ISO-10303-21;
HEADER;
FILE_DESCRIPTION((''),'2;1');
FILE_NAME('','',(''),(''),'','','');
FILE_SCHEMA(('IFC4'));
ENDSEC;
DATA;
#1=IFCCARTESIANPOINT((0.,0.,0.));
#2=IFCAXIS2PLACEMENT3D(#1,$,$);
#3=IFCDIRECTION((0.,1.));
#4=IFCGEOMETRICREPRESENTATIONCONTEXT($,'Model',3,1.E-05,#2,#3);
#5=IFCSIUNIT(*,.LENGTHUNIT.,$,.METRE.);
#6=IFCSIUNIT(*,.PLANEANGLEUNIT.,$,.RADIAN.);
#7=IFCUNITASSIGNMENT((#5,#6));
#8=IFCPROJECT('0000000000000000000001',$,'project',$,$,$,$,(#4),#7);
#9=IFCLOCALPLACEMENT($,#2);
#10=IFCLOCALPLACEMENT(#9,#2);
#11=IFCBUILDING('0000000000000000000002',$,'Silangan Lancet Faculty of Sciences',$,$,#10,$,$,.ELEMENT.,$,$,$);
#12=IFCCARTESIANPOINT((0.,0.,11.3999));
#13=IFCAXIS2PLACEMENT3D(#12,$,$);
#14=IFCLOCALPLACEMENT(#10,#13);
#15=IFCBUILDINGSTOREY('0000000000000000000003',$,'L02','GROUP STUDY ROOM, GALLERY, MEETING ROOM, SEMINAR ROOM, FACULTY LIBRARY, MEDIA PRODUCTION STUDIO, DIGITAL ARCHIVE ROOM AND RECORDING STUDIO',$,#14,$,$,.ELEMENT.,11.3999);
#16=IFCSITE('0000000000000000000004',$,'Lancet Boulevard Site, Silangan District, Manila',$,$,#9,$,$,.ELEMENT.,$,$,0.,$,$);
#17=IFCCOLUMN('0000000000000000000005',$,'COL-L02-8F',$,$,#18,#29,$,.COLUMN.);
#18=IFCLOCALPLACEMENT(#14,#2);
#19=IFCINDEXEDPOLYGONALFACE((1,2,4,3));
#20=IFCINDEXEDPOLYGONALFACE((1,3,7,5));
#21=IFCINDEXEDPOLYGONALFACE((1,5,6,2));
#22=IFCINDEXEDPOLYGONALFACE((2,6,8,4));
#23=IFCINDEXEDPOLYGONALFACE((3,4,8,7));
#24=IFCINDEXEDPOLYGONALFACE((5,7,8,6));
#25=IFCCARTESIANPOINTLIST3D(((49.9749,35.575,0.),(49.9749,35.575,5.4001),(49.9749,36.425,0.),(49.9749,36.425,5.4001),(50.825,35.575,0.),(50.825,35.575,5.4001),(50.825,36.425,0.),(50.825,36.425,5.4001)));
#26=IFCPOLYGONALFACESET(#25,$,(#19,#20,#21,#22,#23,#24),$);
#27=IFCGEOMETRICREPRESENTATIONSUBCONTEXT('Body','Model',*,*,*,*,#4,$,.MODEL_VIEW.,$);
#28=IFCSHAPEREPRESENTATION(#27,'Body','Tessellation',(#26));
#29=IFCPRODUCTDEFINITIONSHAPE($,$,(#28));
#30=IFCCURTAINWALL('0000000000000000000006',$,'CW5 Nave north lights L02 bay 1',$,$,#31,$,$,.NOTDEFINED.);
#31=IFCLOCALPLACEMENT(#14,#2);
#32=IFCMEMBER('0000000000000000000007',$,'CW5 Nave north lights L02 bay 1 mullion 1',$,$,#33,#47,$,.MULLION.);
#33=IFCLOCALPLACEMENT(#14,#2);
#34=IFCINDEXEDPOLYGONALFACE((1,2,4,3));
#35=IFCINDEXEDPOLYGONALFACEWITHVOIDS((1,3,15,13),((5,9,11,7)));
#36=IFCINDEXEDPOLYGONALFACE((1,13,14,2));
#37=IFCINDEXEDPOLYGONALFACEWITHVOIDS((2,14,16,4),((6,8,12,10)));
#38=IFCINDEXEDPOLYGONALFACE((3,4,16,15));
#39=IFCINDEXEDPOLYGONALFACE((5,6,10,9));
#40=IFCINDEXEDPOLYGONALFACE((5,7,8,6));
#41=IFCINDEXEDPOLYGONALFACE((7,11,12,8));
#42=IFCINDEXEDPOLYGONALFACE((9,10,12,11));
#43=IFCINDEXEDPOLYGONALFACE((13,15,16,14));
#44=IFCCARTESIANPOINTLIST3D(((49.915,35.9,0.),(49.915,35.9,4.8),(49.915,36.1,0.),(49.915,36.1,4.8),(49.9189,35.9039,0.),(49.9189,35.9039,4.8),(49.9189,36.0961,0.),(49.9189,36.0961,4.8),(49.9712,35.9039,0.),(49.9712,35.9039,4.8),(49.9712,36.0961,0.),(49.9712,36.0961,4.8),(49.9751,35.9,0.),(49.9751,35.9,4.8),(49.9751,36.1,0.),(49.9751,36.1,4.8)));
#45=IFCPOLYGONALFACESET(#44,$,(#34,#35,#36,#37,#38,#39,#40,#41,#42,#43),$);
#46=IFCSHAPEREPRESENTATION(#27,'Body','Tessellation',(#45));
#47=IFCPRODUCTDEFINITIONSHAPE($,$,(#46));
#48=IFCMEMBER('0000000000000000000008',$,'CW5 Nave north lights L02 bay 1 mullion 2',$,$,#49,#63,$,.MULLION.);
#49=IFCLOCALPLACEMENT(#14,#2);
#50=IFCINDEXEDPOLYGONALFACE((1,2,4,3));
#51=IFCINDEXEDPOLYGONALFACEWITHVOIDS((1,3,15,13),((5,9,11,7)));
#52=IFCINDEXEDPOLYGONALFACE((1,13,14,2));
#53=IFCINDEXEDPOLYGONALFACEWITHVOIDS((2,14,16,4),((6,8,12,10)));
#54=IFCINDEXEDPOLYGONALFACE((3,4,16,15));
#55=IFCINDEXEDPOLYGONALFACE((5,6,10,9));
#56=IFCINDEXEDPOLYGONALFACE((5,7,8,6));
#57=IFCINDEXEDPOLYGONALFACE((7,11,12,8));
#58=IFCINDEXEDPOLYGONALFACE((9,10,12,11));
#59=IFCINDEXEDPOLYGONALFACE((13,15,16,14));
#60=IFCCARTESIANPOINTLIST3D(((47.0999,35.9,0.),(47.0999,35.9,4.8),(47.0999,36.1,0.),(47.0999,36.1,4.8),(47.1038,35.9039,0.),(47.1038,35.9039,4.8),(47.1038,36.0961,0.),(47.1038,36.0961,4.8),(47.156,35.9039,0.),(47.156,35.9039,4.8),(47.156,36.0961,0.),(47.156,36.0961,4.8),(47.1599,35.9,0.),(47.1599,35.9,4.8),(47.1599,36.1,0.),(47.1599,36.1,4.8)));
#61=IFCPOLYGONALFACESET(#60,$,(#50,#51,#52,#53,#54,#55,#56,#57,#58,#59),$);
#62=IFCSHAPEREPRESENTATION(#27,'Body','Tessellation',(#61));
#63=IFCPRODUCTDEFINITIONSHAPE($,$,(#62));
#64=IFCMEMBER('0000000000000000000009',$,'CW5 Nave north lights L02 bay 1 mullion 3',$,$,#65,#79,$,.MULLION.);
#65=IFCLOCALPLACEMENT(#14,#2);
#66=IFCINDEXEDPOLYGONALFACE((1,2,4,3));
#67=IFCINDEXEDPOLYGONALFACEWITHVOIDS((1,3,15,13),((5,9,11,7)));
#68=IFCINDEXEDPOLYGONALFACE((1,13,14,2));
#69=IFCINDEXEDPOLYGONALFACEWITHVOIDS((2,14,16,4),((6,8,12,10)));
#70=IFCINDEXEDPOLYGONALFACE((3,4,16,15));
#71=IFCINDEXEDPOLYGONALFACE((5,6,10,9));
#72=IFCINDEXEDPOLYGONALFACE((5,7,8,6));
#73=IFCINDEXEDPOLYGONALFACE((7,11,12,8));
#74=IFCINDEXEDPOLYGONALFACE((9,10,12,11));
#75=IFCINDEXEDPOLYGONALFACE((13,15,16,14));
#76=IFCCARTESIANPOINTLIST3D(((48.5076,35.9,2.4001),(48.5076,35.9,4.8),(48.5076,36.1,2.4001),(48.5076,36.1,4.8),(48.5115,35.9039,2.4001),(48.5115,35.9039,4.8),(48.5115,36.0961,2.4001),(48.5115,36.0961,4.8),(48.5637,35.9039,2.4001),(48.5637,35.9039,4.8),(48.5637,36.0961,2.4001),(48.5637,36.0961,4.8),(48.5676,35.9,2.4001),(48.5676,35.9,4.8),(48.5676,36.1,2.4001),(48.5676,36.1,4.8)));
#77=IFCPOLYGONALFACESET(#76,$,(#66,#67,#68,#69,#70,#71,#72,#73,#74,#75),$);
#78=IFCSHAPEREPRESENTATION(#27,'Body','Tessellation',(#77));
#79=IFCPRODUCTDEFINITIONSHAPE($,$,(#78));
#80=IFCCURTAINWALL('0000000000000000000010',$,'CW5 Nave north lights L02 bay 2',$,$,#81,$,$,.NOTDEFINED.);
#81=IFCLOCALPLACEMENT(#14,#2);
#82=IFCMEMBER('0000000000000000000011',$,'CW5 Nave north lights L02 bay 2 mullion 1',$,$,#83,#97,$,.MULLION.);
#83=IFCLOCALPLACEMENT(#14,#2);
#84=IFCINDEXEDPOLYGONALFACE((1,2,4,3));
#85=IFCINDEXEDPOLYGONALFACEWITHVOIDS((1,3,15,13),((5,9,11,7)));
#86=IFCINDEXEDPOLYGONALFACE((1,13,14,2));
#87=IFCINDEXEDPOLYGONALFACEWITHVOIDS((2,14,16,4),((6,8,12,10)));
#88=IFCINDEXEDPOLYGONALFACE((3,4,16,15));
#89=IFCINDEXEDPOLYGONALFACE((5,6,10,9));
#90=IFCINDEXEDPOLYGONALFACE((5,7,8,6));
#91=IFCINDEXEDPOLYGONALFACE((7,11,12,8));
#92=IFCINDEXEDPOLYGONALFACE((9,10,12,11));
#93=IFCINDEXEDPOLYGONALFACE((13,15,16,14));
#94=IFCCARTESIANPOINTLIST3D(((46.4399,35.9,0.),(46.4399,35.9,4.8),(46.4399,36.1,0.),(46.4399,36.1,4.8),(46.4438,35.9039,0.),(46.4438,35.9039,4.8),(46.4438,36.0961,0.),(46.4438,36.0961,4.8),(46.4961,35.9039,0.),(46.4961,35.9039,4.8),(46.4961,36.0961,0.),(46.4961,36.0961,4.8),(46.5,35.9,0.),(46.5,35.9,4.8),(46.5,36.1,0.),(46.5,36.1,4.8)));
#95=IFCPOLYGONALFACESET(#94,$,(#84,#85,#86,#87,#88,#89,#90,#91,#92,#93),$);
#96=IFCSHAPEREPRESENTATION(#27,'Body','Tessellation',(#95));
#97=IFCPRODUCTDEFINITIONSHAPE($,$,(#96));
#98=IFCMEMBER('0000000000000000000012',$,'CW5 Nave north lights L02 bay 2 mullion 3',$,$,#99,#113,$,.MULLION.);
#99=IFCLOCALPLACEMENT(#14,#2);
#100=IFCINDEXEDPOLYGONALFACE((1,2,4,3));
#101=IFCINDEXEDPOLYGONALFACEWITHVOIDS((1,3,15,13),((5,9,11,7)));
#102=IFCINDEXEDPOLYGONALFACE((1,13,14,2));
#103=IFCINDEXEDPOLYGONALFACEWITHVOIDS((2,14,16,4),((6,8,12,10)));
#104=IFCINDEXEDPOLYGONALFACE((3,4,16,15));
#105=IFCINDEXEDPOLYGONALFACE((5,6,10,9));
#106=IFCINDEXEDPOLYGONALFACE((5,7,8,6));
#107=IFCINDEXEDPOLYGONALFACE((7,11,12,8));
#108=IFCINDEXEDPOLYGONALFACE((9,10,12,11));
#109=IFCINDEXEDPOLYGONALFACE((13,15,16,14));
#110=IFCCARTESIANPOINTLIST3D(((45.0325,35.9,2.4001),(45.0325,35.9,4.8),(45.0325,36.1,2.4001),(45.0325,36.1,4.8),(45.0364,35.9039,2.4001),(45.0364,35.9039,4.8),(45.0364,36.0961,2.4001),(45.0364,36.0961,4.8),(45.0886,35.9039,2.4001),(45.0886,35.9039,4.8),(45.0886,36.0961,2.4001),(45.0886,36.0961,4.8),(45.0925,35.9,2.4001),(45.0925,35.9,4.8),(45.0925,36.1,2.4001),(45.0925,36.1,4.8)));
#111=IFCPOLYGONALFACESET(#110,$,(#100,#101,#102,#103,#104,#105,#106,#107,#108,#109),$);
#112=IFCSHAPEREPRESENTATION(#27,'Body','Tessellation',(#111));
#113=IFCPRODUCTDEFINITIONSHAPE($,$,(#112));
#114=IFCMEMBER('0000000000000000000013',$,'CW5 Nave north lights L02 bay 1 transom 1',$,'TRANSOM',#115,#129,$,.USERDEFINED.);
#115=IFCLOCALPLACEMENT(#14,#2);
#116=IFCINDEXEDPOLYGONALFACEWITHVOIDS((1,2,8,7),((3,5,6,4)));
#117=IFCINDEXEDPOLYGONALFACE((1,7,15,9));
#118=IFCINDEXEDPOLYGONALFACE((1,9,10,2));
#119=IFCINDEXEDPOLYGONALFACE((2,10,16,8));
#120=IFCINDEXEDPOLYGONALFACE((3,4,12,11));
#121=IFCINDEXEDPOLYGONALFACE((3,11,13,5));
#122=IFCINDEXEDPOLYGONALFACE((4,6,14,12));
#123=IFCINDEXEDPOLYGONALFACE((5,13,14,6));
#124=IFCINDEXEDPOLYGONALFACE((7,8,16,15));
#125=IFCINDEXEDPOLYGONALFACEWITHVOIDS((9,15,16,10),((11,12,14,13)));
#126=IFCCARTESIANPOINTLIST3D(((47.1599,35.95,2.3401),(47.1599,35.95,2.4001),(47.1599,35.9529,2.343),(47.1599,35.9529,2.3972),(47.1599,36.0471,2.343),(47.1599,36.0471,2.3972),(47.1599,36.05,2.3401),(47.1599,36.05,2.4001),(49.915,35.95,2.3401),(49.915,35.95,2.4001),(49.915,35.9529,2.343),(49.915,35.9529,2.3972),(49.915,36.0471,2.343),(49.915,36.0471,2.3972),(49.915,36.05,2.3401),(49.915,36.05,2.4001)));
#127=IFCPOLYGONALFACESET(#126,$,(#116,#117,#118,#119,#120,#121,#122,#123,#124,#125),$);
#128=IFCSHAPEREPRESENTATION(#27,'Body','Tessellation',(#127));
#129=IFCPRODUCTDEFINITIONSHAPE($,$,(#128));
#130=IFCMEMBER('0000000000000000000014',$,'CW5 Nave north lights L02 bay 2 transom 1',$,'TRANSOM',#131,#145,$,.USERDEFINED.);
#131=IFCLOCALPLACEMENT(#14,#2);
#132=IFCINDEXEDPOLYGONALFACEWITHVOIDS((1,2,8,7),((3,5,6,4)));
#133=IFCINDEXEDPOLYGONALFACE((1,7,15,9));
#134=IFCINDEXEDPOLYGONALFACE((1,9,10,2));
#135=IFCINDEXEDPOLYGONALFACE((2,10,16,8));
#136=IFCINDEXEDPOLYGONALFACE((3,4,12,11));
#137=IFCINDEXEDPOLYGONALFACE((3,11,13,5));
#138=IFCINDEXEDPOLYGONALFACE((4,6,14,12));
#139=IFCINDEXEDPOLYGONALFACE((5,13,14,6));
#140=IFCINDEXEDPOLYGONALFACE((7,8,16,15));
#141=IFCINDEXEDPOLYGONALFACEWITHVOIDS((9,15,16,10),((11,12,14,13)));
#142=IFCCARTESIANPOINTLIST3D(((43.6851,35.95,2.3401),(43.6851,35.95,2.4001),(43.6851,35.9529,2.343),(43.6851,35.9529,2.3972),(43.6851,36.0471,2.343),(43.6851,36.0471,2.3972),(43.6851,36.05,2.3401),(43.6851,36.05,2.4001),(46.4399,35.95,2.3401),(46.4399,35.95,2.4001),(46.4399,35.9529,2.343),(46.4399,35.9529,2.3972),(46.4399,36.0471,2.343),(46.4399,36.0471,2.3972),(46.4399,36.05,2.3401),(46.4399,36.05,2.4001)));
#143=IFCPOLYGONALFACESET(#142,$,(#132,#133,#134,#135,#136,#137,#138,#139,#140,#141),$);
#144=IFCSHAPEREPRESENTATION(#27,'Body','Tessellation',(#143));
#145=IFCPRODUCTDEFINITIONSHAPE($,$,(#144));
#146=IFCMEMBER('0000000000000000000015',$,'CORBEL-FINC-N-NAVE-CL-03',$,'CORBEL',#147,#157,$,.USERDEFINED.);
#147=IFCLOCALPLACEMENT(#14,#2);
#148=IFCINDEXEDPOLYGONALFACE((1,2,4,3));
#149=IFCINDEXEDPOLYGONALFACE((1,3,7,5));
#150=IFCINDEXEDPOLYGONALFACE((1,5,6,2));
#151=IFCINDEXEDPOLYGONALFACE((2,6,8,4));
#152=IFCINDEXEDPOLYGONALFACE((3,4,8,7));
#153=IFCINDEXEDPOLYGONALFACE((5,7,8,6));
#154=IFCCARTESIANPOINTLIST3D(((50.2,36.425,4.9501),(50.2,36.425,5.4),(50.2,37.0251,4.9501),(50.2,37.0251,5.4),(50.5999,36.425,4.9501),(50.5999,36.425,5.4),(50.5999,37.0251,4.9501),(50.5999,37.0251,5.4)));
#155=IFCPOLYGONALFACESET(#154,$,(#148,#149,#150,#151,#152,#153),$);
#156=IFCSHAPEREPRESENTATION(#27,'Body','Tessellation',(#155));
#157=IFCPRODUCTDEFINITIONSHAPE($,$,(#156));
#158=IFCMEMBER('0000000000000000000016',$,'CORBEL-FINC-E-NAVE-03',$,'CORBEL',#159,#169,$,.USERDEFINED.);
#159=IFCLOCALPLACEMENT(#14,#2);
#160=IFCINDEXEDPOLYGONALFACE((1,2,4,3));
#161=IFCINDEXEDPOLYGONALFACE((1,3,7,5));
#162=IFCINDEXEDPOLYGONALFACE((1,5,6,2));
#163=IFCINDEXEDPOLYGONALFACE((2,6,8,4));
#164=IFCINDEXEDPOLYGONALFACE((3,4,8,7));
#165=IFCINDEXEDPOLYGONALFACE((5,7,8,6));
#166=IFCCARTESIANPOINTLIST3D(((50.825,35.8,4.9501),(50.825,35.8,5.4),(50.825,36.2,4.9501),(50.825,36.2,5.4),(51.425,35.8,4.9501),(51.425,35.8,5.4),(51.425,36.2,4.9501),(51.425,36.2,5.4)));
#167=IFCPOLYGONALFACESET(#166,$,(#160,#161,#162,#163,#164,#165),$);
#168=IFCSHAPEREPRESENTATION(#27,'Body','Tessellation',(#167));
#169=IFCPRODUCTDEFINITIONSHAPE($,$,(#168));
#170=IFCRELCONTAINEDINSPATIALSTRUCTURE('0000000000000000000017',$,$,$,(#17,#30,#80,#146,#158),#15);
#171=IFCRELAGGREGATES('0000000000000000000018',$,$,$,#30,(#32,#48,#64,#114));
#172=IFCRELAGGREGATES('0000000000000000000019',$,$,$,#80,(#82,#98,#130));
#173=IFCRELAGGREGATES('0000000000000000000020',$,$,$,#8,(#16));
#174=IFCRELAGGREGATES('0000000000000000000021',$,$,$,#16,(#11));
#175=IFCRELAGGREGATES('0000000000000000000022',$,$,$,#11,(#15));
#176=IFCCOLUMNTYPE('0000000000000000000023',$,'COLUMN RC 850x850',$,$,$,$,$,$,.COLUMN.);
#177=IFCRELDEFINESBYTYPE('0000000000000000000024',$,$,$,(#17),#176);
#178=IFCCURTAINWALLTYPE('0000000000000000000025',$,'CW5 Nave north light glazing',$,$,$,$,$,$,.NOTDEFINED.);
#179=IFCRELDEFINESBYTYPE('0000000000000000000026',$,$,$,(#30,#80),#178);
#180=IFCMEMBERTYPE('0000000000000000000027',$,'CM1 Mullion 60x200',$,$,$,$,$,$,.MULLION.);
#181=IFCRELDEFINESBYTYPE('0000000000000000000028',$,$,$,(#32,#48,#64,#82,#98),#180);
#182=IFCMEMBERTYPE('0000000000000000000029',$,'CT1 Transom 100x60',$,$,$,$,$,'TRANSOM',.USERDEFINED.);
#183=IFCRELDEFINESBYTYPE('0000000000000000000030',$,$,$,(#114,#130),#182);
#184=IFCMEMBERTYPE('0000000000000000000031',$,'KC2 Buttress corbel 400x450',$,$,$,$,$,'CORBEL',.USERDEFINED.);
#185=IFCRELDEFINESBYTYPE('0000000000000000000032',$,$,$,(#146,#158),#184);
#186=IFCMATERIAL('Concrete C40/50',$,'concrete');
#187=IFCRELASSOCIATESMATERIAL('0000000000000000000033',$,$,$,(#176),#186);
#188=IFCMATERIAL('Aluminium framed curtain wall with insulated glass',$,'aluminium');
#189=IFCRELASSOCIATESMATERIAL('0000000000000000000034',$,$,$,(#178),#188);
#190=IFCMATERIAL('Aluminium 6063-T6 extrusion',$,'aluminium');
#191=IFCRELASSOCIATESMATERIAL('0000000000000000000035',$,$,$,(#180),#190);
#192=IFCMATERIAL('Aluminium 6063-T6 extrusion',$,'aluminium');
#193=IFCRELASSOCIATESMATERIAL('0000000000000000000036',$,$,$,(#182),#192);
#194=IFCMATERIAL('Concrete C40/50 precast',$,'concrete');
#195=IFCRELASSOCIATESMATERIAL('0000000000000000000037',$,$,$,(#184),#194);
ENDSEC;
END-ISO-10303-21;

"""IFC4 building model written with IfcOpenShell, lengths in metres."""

from ifc_helpers import new_model, si_unit, direction, frame, origin, origin_2d, place, context, subcontext, project, spatial, rectangle, hollow_rectangle, extrude, material, material_profile, profile_set, type_object, element, aggregate, save


model = new_model("IFC4")

# Units and contexts
model_context = context("Model", 3, precision=1e-05, world=origin(), true_north=direction((0.0, 1.0)))
body_context = subcontext(model_context, "Body", "Model", "MODEL_VIEW")
ifc_project = project(units=[si_unit("LENGTHUNIT", "METRE"), si_unit("PLANEANGLEUNIT", "RADIAN")], contexts=[model_context])

# Site, building, storey
site_placement = place(None, origin())
site = spatial("IfcSite", under=ifc_project, at=site_placement, Name="Lancet Boulevard Site, Silangan District, Manila", CompositionType="ELEMENT", RefElevation=0.0)
building_placement = place(site_placement, origin())
building = spatial("IfcBuilding", under=site, at=building_placement, Name="Silangan Lancet Faculty of Sciences", CompositionType="ELEMENT")
storey_placement = place(building_placement, frame((0.0, 0.0, 11.3999)))
storey = spatial("IfcBuildingStorey", under=building, at=storey_placement, Name="L02", Description="GROUP STUDY ROOM, GALLERY, MEETING ROOM, SEMINAR ROOM, FACULTY LIBRARY, MEDIA PRODUCTION STUDIO, DIGITAL ARCHIVE ROOM AND RECORDING STUDIO", CompositionType="ELEMENT", Elevation=11.3999)

# Column
ifc_material_1 = material(Name="Concrete C40/50", Category="concrete")
ifc_material_profile_1 = material_profile(ifc_material_1, rectangle(XDim=0.8501, YDim=0.8501, at=origin_2d()), Name="RC 850x850")
ifc_profile_set_1 = profile_set([ifc_material_profile_1], Name="Concrete C40/50")
column_type = type_object("IfcColumnType", Name="COLUMN RC 850x850", PredefinedType="COLUMN", material=ifc_profile_set_1)
column_placement = place(storey_placement, frame((50.3999, 36.0, 0.0), z_axis=(0.0, 0.0, 1.0), x_axis=(1.0, 0.0, 0.0)))
element("IfcColumn", 1, at=column_placement, inside=storey, type_object=column_type, Name="COL-L02-8F", PredefinedType="COLUMN", context=body_context, shape_type="SweptSolid", body=[
    extrude(rectangle(XDim=0.8501, YDim=0.8501, at=origin_2d()), origin(), (0.0, 0.0, 1.0), 5.4001),
])

# Curtain walls, members
ifc_material_2 = material(Name="Aluminium framed curtain wall with insulated glass", Category="aluminium")
curtain_wall_type_1 = type_object("IfcCurtainWallType", Name="CW5 Nave north light glazing", PredefinedType="NOTDEFINED", material=ifc_material_2)
curtain_wall_1_placement = place(storey_placement, origin())
curtain_wall_1 = element("IfcCurtainWall", 2, at=curtain_wall_1_placement, inside=storey, type_object=curtain_wall_type_1, Name="CW5 Nave north lights L02 bay 1", PredefinedType="NOTDEFINED")
ifc_material_3 = material(Name="Aluminium 6063-T6 extrusion", Category="aluminium")
ifc_material_profile_2 = material_profile(ifc_material_3, hollow_rectangle(XDim=0.0601, YDim=0.2, WallThickness=0.0039, at=origin_2d()), Name="AL BOX 60x200x4")
ifc_profile_set_2 = profile_set([ifc_material_profile_2], Name="Aluminium 6063-T6 extrusion")
member_type_1 = type_object("IfcMemberType", Name="CM1 Mullion 60x200", PredefinedType="MULLION", material=ifc_profile_set_2)
member_1_placement = place(storey_placement, frame((49.9451, 36.0, 0.0), z_axis=(0.0, 0.0, 1.0), x_axis=(-1.0, 0.0, 0.0)))
member_1 = element("IfcMember", 3, at=member_1_placement, type_object=member_type_1, Name="CW5 Nave north lights L02 bay 1 mullion 1", PredefinedType="MULLION", context=body_context, shape_type="SweptSolid", body=[
    extrude(hollow_rectangle(XDim=0.0601, YDim=0.2, WallThickness=0.0039, at=origin_2d()), origin(), (0.0, 0.0, 1.0), 4.8),
])
member_2_placement = place(storey_placement, frame((47.1299, 36.0, 0.0), z_axis=(0.0, 0.0, 1.0), x_axis=(-1.0, 0.0, 0.0)))
member_2 = element("IfcMember", 4, at=member_2_placement, type_object=member_type_1, Name="CW5 Nave north lights L02 bay 1 mullion 2", PredefinedType="MULLION", context=body_context, shape_type="SweptSolid", body=[
    extrude(hollow_rectangle(XDim=0.0601, YDim=0.2, WallThickness=0.0039, at=origin_2d()), origin(), (0.0, 0.0, 1.0), 4.8),
])
member_3_placement = place(storey_placement, frame((48.5376, 36.0, 2.4001), z_axis=(0.0, 0.0, 1.0), x_axis=(-1.0, 0.0, 0.0)))
member_3 = element("IfcMember", 5, at=member_3_placement, type_object=member_type_1, Name="CW5 Nave north lights L02 bay 1 mullion 3", PredefinedType="MULLION", context=body_context, shape_type="SweptSolid", body=[
    extrude(hollow_rectangle(XDim=0.0601, YDim=0.2, WallThickness=0.0039, at=origin_2d()), origin(), (0.0, 0.0, 1.0), 2.3999),
])
curtain_wall_2_placement = place(storey_placement, origin())
curtain_wall_2 = element("IfcCurtainWall", 6, at=curtain_wall_2_placement, inside=storey, type_object=curtain_wall_type_1, Name="CW5 Nave north lights L02 bay 2", PredefinedType="NOTDEFINED")
member_4_placement = place(storey_placement, frame((46.47, 36.0, 0.0), z_axis=(0.0, 0.0, 1.0), x_axis=(-1.0, 0.0, 0.0)))
member_4 = element("IfcMember", 7, at=member_4_placement, type_object=member_type_1, Name="CW5 Nave north lights L02 bay 2 mullion 1", PredefinedType="MULLION", context=body_context, shape_type="SweptSolid", body=[
    extrude(hollow_rectangle(XDim=0.0601, YDim=0.2, WallThickness=0.0039, at=origin_2d()), origin(), (0.0, 0.0, 1.0), 4.8),
])
member_5_placement = place(storey_placement, frame((45.0625, 36.0, 2.4001), z_axis=(0.0, 0.0, 1.0), x_axis=(-1.0, 0.0, 0.0)))
member_5 = element("IfcMember", 8, at=member_5_placement, type_object=member_type_1, Name="CW5 Nave north lights L02 bay 2 mullion 3", PredefinedType="MULLION", context=body_context, shape_type="SweptSolid", body=[
    extrude(hollow_rectangle(XDim=0.0601, YDim=0.2, WallThickness=0.0039, at=origin_2d()), origin(), (0.0, 0.0, 1.0), 2.3999),
])

# Members
ifc_material_4 = material(Name="Aluminium 6063-T6 extrusion", Category="aluminium")
ifc_material_profile_3 = material_profile(ifc_material_4, hollow_rectangle(XDim=0.1001, YDim=0.0601, WallThickness=0.0029, at=origin_2d()), Name="AL BOX 100x60x3")
ifc_profile_set_3 = profile_set([ifc_material_profile_3], Name="Aluminium 6063-T6 extrusion")
member_type_2 = type_object("IfcMemberType", Name="CT1 Transom 100x60", ElementType="TRANSOM", PredefinedType="USERDEFINED", material=ifc_profile_set_3)
member_6_placement = place(storey_placement, frame((49.915, 36.0, 2.3701), z_axis=(-1.0, 0.0, 0.0), x_axis=(0.0, -1.0, 0.0)))
member_6 = element("IfcMember", 9, at=member_6_placement, type_object=member_type_2, Name="CW5 Nave north lights L02 bay 1 transom 1", ObjectType="TRANSOM", PredefinedType="USERDEFINED", context=body_context, shape_type="SweptSolid", body=[
    extrude(hollow_rectangle(XDim=0.1001, YDim=0.0601, WallThickness=0.0029, at=origin_2d()), origin(), (0.0, 0.0, 1.0), 2.7551),
])
member_7_placement = place(storey_placement, frame((46.4399, 36.0, 2.3701), z_axis=(-1.0, 0.0, 0.0), x_axis=(0.0, -1.0, 0.0)))
member_7 = element("IfcMember", 10, at=member_7_placement, type_object=member_type_2, Name="CW5 Nave north lights L02 bay 2 transom 1", ObjectType="TRANSOM", PredefinedType="USERDEFINED", context=body_context, shape_type="SweptSolid", body=[
    extrude(hollow_rectangle(XDim=0.1001, YDim=0.0601, WallThickness=0.0029, at=origin_2d()), origin(), (0.0, 0.0, 1.0), 2.7549),
])

# Members
ifc_material_5 = material(Name="Concrete C40/50 precast", Category="concrete")
ifc_material_profile_4 = material_profile(ifc_material_5, rectangle(XDim=0.3999, YDim=0.45, at=origin_2d()), Name="RC 400x450")
ifc_profile_set_4 = profile_set([ifc_material_profile_4], Name="Concrete C40/50 precast")
member_type_3 = type_object("IfcMemberType", Name="KC2 Buttress corbel 400x450", ElementType="CORBEL", PredefinedType="USERDEFINED", material=ifc_profile_set_4)
for number, where, z_axis, x_axis, name in (
    (11, (50.3999, 36.425, 5.175), (0.0, 1.0, 0.0), (-1.0, 0.0, 0.0), "CORBEL-FINC-N-NAVE-CL-03"),
    (12, (50.825, 36.0, 5.175), (1.0, 0.0, 0.0), (0.0, 1.0, 0.0), "CORBEL-FINC-E-NAVE-03"),
):
    element("IfcMember", number, at=place(storey_placement, frame(where, z_axis=z_axis, x_axis=x_axis)), inside=storey, type_object=member_type_3, Name=name, ObjectType="CORBEL", PredefinedType="USERDEFINED", context=body_context, shape_type="SweptSolid", body=[
        extrude(rectangle(XDim=0.3999, YDim=0.45, at=origin_2d()), origin(), (0.0, 0.0, 1.0), 0.6001),
    ])

aggregate(curtain_wall_1, [member_1, member_2, member_3, member_6])
aggregate(curtain_wall_2, [member_4, member_5, member_7])

save(model, "model.ifc")
